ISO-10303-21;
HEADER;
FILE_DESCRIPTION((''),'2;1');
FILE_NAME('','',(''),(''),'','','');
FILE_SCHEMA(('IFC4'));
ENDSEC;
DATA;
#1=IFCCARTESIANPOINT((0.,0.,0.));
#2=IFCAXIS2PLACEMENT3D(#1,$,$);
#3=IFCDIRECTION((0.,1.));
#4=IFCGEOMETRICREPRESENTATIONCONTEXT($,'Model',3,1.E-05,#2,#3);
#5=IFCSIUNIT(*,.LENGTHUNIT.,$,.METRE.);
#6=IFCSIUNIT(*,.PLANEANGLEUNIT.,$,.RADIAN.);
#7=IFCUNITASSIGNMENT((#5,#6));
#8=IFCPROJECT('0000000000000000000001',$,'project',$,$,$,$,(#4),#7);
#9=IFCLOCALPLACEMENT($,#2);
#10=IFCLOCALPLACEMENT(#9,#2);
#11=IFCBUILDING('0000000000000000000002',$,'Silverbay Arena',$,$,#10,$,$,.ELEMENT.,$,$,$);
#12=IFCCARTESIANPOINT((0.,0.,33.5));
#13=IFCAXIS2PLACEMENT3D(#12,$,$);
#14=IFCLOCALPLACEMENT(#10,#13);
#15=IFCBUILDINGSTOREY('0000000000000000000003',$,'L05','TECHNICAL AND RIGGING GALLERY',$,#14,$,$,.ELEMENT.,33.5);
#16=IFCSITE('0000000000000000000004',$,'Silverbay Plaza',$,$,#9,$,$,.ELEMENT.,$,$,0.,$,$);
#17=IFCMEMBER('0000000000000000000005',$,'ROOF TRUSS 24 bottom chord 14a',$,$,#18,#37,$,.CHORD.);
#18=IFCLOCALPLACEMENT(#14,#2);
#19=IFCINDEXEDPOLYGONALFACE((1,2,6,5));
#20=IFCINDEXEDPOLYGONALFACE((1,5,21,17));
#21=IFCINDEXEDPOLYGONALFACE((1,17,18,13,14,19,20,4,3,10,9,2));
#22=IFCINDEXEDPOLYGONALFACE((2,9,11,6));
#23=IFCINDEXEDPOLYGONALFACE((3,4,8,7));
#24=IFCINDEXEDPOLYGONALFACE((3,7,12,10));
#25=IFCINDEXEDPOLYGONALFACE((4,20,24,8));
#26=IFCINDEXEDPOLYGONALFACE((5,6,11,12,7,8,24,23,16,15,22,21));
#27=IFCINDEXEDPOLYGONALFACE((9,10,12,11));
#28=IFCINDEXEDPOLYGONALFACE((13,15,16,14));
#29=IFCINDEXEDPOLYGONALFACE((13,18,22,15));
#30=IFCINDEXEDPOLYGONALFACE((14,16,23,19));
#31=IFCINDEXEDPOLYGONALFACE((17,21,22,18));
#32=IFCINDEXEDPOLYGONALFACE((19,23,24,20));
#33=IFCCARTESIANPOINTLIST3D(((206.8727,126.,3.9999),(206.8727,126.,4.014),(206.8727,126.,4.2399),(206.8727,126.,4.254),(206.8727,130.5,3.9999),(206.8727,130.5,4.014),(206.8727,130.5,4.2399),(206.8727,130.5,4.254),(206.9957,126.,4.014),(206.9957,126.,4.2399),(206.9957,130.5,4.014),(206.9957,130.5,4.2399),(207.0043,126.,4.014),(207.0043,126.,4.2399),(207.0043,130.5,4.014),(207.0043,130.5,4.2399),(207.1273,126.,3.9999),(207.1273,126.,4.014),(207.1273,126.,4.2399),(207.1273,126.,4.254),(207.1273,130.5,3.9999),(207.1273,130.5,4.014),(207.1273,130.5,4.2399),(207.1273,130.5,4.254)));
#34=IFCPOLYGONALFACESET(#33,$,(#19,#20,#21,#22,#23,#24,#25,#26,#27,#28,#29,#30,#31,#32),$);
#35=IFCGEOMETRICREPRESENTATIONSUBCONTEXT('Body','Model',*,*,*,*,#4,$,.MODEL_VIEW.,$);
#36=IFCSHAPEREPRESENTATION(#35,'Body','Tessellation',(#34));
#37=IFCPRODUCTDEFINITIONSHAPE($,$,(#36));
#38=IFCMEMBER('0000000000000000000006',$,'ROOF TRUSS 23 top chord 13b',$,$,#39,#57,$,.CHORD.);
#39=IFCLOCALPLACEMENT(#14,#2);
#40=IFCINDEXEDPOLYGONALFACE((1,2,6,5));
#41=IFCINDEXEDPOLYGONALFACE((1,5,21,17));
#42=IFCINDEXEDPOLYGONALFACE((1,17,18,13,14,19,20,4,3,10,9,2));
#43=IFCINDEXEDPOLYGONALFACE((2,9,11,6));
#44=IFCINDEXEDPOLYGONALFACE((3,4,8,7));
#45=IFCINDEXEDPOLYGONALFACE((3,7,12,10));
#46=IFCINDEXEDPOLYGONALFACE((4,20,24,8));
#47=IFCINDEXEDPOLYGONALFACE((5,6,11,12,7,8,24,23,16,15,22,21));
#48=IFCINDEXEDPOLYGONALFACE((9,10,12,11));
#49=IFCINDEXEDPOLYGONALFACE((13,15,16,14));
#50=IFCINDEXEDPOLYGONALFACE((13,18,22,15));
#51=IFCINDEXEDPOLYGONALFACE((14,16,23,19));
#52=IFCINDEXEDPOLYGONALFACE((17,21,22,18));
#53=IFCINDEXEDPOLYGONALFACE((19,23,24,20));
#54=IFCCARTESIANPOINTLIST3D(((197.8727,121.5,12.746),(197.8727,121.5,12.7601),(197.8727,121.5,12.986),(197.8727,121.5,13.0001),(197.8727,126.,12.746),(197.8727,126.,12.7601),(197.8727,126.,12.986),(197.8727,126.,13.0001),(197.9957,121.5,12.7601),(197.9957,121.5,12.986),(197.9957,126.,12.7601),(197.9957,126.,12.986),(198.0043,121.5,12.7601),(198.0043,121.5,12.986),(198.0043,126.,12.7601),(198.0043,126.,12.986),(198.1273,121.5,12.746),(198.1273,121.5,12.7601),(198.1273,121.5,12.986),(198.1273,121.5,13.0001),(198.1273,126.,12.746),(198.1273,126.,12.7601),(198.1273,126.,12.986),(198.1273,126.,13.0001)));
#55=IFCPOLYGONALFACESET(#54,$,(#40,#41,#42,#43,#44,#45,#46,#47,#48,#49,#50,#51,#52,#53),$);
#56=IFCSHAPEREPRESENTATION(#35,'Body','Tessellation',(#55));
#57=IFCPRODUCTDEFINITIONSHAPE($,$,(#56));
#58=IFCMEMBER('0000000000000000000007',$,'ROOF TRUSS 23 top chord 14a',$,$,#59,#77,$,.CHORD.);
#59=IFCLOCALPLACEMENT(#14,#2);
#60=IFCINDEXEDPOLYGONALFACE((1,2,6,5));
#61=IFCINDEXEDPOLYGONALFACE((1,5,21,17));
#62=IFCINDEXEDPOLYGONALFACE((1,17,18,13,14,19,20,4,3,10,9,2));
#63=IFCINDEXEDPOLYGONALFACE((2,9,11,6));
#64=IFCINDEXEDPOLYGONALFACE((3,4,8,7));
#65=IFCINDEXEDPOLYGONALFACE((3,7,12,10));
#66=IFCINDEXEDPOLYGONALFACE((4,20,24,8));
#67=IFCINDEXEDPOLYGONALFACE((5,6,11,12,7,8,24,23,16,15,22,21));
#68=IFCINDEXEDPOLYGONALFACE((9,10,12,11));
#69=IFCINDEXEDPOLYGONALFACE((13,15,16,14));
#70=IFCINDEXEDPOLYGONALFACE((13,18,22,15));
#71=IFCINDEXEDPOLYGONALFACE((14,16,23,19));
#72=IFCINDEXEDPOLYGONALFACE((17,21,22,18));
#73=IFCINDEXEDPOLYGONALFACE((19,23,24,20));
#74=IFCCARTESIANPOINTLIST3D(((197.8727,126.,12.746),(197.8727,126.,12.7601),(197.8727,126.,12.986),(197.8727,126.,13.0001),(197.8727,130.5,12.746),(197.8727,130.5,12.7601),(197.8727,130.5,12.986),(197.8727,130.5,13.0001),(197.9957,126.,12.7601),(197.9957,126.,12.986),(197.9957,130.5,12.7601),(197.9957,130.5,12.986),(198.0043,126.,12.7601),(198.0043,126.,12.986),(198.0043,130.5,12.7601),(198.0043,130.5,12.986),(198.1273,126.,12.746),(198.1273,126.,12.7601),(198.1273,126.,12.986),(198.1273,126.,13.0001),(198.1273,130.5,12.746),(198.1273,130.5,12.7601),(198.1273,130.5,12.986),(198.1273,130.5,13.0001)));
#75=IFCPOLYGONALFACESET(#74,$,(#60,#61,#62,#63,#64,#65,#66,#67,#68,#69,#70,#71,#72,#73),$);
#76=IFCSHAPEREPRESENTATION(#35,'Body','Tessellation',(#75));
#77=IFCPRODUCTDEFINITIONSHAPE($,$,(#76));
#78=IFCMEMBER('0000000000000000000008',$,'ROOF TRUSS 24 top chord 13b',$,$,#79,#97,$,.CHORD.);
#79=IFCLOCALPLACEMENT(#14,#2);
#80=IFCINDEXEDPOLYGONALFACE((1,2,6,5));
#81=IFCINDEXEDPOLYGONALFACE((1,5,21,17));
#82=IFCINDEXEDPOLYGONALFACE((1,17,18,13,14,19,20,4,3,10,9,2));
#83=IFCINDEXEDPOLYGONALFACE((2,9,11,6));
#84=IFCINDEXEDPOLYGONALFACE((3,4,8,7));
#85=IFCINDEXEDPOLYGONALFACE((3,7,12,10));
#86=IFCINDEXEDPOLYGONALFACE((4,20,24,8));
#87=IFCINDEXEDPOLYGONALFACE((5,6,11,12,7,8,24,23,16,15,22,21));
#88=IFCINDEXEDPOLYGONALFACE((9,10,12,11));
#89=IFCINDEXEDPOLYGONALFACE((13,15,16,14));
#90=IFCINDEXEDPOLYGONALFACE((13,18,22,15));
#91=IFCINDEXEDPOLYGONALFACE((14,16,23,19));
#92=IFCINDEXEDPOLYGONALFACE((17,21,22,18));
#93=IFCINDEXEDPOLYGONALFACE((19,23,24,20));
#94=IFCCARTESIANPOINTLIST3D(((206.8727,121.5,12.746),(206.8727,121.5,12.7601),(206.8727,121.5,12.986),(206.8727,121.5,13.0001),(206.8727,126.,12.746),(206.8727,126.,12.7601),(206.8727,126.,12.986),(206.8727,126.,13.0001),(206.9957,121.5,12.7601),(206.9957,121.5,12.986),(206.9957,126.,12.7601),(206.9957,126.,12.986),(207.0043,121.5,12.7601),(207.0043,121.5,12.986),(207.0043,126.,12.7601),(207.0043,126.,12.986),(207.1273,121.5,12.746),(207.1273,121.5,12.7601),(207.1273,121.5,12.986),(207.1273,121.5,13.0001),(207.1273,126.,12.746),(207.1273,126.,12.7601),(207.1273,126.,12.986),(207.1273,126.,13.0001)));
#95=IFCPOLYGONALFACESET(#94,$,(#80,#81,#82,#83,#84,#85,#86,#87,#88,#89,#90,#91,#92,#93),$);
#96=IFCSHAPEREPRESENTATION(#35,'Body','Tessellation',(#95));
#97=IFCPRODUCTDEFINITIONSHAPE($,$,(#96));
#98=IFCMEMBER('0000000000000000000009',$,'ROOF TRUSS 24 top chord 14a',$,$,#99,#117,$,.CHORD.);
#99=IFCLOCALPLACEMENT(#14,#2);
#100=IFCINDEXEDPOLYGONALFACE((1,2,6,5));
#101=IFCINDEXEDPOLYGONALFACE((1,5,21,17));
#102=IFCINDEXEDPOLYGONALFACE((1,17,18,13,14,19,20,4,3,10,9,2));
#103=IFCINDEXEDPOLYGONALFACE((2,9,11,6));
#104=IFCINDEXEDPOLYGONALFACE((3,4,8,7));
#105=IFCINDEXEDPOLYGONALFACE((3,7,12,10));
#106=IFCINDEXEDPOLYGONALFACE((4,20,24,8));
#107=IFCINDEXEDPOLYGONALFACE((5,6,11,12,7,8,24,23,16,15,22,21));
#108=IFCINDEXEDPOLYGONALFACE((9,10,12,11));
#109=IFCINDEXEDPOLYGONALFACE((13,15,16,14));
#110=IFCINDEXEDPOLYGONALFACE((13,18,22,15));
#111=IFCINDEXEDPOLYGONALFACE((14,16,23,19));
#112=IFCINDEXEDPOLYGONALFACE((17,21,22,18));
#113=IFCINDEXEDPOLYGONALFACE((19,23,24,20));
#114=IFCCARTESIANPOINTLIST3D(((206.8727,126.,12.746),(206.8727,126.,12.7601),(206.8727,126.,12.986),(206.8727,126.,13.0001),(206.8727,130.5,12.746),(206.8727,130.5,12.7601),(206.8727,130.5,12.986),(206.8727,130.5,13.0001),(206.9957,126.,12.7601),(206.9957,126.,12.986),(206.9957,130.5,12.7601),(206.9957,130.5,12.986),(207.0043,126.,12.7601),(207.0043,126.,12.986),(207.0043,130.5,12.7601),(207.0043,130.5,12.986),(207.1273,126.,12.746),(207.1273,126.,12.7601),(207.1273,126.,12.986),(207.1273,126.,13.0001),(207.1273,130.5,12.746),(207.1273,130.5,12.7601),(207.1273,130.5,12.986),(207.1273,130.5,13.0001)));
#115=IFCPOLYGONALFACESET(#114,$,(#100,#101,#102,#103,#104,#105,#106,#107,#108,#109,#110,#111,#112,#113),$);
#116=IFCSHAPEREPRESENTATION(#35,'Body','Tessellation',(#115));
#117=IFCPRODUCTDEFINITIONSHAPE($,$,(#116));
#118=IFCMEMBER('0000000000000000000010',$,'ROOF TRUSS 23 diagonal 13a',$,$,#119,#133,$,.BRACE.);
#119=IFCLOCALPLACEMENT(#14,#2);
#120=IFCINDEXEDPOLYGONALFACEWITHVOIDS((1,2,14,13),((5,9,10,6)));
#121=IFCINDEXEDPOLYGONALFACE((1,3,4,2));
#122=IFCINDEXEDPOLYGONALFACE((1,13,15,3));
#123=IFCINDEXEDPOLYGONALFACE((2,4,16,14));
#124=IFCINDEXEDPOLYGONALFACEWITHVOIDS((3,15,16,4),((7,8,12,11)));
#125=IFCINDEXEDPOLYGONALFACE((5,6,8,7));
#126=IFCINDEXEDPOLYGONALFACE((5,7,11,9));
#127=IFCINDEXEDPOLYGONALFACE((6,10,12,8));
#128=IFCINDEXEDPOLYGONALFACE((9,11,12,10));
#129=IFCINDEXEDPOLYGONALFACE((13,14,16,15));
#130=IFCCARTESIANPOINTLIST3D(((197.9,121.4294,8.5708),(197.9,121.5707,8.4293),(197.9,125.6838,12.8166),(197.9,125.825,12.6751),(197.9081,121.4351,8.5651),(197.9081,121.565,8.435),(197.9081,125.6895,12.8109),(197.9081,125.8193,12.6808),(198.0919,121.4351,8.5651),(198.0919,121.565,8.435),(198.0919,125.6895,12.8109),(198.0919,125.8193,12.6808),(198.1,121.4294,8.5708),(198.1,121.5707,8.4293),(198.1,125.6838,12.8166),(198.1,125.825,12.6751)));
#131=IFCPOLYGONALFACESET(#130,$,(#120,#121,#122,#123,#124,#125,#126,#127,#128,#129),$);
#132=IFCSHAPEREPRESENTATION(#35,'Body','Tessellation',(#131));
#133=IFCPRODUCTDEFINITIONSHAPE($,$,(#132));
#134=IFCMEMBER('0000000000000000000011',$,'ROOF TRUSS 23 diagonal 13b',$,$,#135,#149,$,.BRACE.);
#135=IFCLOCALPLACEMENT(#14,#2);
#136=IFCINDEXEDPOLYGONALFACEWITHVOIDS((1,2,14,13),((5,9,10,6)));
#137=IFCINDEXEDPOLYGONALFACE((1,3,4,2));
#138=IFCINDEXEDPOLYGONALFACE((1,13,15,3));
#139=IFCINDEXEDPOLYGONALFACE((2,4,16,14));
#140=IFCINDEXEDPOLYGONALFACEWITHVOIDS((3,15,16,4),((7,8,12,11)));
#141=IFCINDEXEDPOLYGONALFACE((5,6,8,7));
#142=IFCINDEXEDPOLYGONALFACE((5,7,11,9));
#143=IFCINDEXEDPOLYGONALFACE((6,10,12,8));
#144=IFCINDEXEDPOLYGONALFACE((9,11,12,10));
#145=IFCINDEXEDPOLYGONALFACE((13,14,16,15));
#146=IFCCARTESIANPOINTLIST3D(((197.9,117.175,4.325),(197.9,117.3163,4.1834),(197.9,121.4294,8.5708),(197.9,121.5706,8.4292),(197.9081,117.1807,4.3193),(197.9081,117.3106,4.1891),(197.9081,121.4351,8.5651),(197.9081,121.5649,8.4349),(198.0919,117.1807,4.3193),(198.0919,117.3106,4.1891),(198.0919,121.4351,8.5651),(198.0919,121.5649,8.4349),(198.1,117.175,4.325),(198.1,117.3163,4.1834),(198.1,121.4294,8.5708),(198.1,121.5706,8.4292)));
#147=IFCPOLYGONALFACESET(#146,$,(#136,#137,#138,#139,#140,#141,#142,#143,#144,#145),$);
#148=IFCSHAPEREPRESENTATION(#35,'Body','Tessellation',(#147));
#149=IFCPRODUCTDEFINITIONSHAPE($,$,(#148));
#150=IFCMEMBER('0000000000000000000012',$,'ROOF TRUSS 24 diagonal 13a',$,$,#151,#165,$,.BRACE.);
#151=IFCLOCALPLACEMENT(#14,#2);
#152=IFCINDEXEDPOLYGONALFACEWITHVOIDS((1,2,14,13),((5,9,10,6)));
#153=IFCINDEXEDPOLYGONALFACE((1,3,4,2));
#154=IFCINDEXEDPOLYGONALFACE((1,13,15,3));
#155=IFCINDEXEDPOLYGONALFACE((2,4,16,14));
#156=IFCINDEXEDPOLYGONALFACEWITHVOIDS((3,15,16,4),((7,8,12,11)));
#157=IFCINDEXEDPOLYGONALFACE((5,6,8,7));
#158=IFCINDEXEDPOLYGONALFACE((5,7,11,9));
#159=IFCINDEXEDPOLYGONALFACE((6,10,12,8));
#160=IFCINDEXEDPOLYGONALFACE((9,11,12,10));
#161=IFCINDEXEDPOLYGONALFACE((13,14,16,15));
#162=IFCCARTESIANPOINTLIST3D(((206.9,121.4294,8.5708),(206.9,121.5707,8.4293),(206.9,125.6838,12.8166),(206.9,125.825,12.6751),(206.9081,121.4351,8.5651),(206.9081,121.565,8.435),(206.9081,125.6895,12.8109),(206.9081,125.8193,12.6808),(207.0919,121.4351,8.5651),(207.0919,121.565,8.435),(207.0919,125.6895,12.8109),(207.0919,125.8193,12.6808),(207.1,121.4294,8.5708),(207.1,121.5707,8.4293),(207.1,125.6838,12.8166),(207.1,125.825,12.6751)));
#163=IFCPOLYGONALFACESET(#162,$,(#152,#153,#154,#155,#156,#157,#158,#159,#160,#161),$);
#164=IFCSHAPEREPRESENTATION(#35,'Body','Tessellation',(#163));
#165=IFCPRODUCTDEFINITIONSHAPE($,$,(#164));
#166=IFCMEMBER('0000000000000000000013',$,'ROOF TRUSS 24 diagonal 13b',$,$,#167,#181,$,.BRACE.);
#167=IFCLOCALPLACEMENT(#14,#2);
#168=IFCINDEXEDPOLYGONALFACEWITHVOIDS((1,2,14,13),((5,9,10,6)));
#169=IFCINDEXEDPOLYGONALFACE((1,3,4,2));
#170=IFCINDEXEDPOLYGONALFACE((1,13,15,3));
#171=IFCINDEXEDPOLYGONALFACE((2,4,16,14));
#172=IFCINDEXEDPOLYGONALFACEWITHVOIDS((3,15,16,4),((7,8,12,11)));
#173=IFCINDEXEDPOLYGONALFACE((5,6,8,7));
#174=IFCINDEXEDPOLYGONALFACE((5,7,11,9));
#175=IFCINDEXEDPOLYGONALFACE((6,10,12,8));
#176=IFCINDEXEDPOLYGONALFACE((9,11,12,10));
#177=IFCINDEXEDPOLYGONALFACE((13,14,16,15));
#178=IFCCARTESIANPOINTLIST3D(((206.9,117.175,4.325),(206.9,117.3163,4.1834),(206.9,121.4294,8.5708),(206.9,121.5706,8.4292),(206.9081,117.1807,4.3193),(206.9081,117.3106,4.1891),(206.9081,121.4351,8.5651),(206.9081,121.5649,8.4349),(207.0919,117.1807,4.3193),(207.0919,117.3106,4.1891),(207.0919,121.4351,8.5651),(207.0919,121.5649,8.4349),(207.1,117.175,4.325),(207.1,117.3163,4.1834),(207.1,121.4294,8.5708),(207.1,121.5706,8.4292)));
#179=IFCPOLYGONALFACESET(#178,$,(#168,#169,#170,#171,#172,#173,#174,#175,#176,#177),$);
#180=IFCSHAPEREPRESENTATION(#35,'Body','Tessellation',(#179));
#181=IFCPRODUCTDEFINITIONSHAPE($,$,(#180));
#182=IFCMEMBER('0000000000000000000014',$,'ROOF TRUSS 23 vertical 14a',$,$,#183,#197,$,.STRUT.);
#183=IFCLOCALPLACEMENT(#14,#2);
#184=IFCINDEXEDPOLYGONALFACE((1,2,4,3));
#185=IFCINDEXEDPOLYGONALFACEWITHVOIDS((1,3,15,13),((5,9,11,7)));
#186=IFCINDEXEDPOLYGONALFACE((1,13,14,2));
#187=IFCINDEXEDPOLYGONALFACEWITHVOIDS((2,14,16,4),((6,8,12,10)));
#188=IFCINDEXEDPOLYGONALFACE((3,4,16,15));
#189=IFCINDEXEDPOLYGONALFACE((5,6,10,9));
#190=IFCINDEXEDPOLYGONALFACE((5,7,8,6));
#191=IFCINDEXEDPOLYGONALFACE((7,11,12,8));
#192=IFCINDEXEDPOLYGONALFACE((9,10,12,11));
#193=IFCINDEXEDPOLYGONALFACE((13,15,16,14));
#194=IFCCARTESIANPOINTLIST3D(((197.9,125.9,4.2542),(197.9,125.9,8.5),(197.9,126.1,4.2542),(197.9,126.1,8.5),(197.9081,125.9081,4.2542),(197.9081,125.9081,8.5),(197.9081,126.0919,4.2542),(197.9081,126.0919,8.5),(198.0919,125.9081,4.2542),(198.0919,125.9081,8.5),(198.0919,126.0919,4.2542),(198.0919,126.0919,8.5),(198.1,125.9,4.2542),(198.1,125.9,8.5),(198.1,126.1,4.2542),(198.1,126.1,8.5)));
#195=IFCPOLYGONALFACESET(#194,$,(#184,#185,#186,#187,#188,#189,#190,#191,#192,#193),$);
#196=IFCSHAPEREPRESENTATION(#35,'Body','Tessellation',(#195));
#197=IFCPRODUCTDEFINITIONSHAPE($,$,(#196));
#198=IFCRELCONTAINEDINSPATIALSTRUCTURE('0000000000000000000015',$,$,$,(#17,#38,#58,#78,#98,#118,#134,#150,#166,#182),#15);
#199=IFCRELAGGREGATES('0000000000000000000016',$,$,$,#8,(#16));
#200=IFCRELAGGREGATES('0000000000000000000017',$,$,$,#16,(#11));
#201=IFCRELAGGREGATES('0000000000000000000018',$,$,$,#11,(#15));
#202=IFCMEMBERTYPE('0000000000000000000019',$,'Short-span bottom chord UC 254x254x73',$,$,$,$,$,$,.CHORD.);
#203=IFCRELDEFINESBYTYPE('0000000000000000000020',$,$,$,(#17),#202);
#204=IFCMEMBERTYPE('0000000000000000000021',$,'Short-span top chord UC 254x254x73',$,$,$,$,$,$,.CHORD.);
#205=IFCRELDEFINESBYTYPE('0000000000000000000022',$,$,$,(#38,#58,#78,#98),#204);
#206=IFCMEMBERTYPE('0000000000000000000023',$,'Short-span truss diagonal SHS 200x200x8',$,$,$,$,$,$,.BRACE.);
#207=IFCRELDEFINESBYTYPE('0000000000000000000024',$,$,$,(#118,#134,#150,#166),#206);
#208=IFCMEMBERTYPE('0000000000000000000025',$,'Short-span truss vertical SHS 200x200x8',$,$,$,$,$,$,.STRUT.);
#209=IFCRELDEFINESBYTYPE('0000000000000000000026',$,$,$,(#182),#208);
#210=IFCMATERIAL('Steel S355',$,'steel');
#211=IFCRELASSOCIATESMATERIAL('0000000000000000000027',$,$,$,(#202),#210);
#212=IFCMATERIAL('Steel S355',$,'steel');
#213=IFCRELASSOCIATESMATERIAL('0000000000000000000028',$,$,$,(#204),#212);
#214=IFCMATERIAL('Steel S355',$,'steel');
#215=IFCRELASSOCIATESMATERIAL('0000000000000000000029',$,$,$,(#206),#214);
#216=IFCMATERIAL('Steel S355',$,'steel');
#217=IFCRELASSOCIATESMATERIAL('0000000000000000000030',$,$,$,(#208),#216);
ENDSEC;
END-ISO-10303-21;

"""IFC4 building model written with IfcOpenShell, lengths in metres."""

from ifc_helpers import new_model, si_unit, direction, frame, origin, origin_2d, place, context, subcontext, project, spatial, hollow_rectangle, i_section, extrude, material, material_profile, profile_set, type_object, element, save


model = new_model("IFC4")

# Units and contexts
model_context = context("Model", 3, precision=1e-05, world=origin(), true_north=direction((0.0, 1.0)))
body_context = subcontext(model_context, "Body", "Model", "MODEL_VIEW")
ifc_project = project(units=[si_unit("LENGTHUNIT", "METRE"), si_unit("PLANEANGLEUNIT", "RADIAN")], contexts=[model_context])

# Site, building, storey
site_placement = place(None, origin())
site = spatial("IfcSite", under=ifc_project, at=site_placement, Name="Silverbay Plaza", CompositionType="ELEMENT", RefElevation=0.0)
building_placement = place(site_placement, origin())
building = spatial("IfcBuilding", under=site, at=building_placement, Name="Silverbay Arena", CompositionType="ELEMENT")
storey_placement = place(building_placement, frame((0.0, 0.0, 33.5)))
storey = spatial("IfcBuildingStorey", under=building, at=storey_placement, Name="L05", Description="TECHNICAL AND RIGGING GALLERY", CompositionType="ELEMENT", Elevation=33.5)

# Members
ifc_material_1 = material(Name="Steel S355", Category="steel")
ifc_material_profile_1 = material_profile(ifc_material_1, i_section(OverallWidth=0.2546, OverallDepth=0.2542, WebThickness=0.0085, FlangeThickness=0.0142, at=origin_2d()), Name="UC 254x254x73")
ifc_profile_set_1 = profile_set([ifc_material_profile_1], Name="Steel S355")
member_type_1 = type_object("IfcMemberType", Name="Short-span bottom chord UC 254x254x73", PredefinedType="CHORD", material=ifc_profile_set_1)
for number, where, z_axis, x_axis, name in (
    (1, (207.0, 126.0, 4.127), (0.0, 1.0, 0.0), (-1.0, 0.0, 0.0), "ROOF TRUSS 24 bottom chord 14a"),
):
    element("IfcMember", number, at=place(storey_placement, frame(where, z_axis=z_axis, x_axis=x_axis)), inside=storey, type_object=member_type_1, Name=name, PredefinedType="CHORD", context=body_context, shape_type="SweptSolid", body=[
        extrude(i_section(OverallWidth=0.2546, OverallDepth=0.2542, WebThickness=0.0085, FlangeThickness=0.0142, at=origin_2d()), origin(), (0.0, 0.0, 1.0), 4.5),
    ])
ifc_material_2 = material(Name="Steel S355", Category="steel")
ifc_material_profile_2 = material_profile(ifc_material_2, i_section(OverallWidth=0.2546, OverallDepth=0.2542, WebThickness=0.0085, FlangeThickness=0.0142, at=origin_2d()), Name="UC 254x254x73")
ifc_profile_set_2 = profile_set([ifc_material_profile_2], Name="Steel S355")
member_type_2 = type_object("IfcMemberType", Name="Short-span top chord UC 254x254x73", PredefinedType="CHORD", material=ifc_profile_set_2)
for number, where, z_axis, x_axis, name in (
    (2, (198.0, 121.5, 12.873), (0.0, 1.0, 0.0), (-1.0, 0.0, 0.0), "ROOF TRUSS 23 top chord 13b"),
    (3, (198.0, 126.0, 12.873), (0.0, 1.0, 0.0), (-1.0, 0.0, 0.0), "ROOF TRUSS 23 top chord 14a"),
    (4, (207.0, 121.5, 12.873), (0.0, 1.0, 0.0), (-1.0, 0.0, 0.0), "ROOF TRUSS 24 top chord 13b"),
    (5, (207.0, 126.0, 12.873), (0.0, 1.0, 0.0), (-1.0, 0.0, 0.0), "ROOF TRUSS 24 top chord 14a"),
):
    element("IfcMember", number, at=place(storey_placement, frame(where, z_axis=z_axis, x_axis=x_axis)), inside=storey, type_object=member_type_2, Name=name, PredefinedType="CHORD", context=body_context, shape_type="SweptSolid", body=[
        extrude(i_section(OverallWidth=0.2546, OverallDepth=0.2542, WebThickness=0.0085, FlangeThickness=0.0142, at=origin_2d()), origin(), (0.0, 0.0, 1.0), 4.5),
    ])
ifc_material_3 = material(Name="Steel S355", Category="steel")
ifc_material_profile_3 = material_profile(ifc_material_3, hollow_rectangle(XDim=0.2, YDim=0.2, WallThickness=0.0081, at=origin_2d()), Name="SHS 200x200x8")
ifc_profile_set_3 = profile_set([ifc_material_profile_3], Name="Steel S355")
member_type_3 = type_object("IfcMemberType", Name="Short-span truss diagonal SHS 200x200x8", PredefinedType="BRACE", material=ifc_profile_set_3)
for number, where, z_axis, x_axis, name in (
    (6, (198.0, 125.7544, 12.7458), (0.0, -0.707817, -0.706396), (1.0, 0.0, 0.0), "ROOF TRUSS 23 diagonal 13a"),
    (7, (198.0, 121.5, 8.5), (0.0, -0.707817, -0.706396), (1.0, 0.0, 0.0), "ROOF TRUSS 23 diagonal 13b"),
    (8, (207.0, 125.7544, 12.7458), (0.0, -0.707817, -0.706396), (1.0, 0.0, 0.0), "ROOF TRUSS 24 diagonal 13a"),
    (9, (207.0, 121.5, 8.5), (0.0, -0.707817, -0.706396), (1.0, 0.0, 0.0), "ROOF TRUSS 24 diagonal 13b"),
):
    element("IfcMember", number, at=place(storey_placement, frame(where, z_axis=z_axis, x_axis=x_axis)), inside=storey, type_object=member_type_3, Name=name, PredefinedType="BRACE", context=body_context, shape_type="SweptSolid", body=[
        extrude(hollow_rectangle(XDim=0.2, YDim=0.2, WallThickness=0.0081, at=origin_2d()), origin(), (0.0, 0.0, 1.0), 6.0105),
    ])
ifc_material_4 = material(Name="Steel S355", Category="steel")
ifc_material_profile_4 = material_profile(ifc_material_4, hollow_rectangle(XDim=0.2, YDim=0.2, WallThickness=0.0081, at=origin_2d()), Name="SHS 200x200x8")
ifc_profile_set_4 = profile_set([ifc_material_profile_4], Name="Steel S355")
member_type_4 = type_object("IfcMemberType", Name="Short-span truss vertical SHS 200x200x8", PredefinedType="STRUT", material=ifc_profile_set_4)
for number, where, z_axis, x_axis, name in (
    (10, (198.0, 126.0, 4.2542), (0.0, 0.0, 1.0), (1.0, 0.0, 0.0), "ROOF TRUSS 23 vertical 14a"),
):
    element("IfcMember", number, at=place(storey_placement, frame(where, z_axis=z_axis, x_axis=x_axis)), inside=storey, type_object=member_type_4, Name=name, PredefinedType="STRUT", context=body_context, shape_type="SweptSolid", body=[
        extrude(hollow_rectangle(XDim=0.2, YDim=0.2, WallThickness=0.0081, at=origin_2d()), origin(), (0.0, 0.0, 1.0), 4.2458),
    ])

save(model, "model.ifc")
